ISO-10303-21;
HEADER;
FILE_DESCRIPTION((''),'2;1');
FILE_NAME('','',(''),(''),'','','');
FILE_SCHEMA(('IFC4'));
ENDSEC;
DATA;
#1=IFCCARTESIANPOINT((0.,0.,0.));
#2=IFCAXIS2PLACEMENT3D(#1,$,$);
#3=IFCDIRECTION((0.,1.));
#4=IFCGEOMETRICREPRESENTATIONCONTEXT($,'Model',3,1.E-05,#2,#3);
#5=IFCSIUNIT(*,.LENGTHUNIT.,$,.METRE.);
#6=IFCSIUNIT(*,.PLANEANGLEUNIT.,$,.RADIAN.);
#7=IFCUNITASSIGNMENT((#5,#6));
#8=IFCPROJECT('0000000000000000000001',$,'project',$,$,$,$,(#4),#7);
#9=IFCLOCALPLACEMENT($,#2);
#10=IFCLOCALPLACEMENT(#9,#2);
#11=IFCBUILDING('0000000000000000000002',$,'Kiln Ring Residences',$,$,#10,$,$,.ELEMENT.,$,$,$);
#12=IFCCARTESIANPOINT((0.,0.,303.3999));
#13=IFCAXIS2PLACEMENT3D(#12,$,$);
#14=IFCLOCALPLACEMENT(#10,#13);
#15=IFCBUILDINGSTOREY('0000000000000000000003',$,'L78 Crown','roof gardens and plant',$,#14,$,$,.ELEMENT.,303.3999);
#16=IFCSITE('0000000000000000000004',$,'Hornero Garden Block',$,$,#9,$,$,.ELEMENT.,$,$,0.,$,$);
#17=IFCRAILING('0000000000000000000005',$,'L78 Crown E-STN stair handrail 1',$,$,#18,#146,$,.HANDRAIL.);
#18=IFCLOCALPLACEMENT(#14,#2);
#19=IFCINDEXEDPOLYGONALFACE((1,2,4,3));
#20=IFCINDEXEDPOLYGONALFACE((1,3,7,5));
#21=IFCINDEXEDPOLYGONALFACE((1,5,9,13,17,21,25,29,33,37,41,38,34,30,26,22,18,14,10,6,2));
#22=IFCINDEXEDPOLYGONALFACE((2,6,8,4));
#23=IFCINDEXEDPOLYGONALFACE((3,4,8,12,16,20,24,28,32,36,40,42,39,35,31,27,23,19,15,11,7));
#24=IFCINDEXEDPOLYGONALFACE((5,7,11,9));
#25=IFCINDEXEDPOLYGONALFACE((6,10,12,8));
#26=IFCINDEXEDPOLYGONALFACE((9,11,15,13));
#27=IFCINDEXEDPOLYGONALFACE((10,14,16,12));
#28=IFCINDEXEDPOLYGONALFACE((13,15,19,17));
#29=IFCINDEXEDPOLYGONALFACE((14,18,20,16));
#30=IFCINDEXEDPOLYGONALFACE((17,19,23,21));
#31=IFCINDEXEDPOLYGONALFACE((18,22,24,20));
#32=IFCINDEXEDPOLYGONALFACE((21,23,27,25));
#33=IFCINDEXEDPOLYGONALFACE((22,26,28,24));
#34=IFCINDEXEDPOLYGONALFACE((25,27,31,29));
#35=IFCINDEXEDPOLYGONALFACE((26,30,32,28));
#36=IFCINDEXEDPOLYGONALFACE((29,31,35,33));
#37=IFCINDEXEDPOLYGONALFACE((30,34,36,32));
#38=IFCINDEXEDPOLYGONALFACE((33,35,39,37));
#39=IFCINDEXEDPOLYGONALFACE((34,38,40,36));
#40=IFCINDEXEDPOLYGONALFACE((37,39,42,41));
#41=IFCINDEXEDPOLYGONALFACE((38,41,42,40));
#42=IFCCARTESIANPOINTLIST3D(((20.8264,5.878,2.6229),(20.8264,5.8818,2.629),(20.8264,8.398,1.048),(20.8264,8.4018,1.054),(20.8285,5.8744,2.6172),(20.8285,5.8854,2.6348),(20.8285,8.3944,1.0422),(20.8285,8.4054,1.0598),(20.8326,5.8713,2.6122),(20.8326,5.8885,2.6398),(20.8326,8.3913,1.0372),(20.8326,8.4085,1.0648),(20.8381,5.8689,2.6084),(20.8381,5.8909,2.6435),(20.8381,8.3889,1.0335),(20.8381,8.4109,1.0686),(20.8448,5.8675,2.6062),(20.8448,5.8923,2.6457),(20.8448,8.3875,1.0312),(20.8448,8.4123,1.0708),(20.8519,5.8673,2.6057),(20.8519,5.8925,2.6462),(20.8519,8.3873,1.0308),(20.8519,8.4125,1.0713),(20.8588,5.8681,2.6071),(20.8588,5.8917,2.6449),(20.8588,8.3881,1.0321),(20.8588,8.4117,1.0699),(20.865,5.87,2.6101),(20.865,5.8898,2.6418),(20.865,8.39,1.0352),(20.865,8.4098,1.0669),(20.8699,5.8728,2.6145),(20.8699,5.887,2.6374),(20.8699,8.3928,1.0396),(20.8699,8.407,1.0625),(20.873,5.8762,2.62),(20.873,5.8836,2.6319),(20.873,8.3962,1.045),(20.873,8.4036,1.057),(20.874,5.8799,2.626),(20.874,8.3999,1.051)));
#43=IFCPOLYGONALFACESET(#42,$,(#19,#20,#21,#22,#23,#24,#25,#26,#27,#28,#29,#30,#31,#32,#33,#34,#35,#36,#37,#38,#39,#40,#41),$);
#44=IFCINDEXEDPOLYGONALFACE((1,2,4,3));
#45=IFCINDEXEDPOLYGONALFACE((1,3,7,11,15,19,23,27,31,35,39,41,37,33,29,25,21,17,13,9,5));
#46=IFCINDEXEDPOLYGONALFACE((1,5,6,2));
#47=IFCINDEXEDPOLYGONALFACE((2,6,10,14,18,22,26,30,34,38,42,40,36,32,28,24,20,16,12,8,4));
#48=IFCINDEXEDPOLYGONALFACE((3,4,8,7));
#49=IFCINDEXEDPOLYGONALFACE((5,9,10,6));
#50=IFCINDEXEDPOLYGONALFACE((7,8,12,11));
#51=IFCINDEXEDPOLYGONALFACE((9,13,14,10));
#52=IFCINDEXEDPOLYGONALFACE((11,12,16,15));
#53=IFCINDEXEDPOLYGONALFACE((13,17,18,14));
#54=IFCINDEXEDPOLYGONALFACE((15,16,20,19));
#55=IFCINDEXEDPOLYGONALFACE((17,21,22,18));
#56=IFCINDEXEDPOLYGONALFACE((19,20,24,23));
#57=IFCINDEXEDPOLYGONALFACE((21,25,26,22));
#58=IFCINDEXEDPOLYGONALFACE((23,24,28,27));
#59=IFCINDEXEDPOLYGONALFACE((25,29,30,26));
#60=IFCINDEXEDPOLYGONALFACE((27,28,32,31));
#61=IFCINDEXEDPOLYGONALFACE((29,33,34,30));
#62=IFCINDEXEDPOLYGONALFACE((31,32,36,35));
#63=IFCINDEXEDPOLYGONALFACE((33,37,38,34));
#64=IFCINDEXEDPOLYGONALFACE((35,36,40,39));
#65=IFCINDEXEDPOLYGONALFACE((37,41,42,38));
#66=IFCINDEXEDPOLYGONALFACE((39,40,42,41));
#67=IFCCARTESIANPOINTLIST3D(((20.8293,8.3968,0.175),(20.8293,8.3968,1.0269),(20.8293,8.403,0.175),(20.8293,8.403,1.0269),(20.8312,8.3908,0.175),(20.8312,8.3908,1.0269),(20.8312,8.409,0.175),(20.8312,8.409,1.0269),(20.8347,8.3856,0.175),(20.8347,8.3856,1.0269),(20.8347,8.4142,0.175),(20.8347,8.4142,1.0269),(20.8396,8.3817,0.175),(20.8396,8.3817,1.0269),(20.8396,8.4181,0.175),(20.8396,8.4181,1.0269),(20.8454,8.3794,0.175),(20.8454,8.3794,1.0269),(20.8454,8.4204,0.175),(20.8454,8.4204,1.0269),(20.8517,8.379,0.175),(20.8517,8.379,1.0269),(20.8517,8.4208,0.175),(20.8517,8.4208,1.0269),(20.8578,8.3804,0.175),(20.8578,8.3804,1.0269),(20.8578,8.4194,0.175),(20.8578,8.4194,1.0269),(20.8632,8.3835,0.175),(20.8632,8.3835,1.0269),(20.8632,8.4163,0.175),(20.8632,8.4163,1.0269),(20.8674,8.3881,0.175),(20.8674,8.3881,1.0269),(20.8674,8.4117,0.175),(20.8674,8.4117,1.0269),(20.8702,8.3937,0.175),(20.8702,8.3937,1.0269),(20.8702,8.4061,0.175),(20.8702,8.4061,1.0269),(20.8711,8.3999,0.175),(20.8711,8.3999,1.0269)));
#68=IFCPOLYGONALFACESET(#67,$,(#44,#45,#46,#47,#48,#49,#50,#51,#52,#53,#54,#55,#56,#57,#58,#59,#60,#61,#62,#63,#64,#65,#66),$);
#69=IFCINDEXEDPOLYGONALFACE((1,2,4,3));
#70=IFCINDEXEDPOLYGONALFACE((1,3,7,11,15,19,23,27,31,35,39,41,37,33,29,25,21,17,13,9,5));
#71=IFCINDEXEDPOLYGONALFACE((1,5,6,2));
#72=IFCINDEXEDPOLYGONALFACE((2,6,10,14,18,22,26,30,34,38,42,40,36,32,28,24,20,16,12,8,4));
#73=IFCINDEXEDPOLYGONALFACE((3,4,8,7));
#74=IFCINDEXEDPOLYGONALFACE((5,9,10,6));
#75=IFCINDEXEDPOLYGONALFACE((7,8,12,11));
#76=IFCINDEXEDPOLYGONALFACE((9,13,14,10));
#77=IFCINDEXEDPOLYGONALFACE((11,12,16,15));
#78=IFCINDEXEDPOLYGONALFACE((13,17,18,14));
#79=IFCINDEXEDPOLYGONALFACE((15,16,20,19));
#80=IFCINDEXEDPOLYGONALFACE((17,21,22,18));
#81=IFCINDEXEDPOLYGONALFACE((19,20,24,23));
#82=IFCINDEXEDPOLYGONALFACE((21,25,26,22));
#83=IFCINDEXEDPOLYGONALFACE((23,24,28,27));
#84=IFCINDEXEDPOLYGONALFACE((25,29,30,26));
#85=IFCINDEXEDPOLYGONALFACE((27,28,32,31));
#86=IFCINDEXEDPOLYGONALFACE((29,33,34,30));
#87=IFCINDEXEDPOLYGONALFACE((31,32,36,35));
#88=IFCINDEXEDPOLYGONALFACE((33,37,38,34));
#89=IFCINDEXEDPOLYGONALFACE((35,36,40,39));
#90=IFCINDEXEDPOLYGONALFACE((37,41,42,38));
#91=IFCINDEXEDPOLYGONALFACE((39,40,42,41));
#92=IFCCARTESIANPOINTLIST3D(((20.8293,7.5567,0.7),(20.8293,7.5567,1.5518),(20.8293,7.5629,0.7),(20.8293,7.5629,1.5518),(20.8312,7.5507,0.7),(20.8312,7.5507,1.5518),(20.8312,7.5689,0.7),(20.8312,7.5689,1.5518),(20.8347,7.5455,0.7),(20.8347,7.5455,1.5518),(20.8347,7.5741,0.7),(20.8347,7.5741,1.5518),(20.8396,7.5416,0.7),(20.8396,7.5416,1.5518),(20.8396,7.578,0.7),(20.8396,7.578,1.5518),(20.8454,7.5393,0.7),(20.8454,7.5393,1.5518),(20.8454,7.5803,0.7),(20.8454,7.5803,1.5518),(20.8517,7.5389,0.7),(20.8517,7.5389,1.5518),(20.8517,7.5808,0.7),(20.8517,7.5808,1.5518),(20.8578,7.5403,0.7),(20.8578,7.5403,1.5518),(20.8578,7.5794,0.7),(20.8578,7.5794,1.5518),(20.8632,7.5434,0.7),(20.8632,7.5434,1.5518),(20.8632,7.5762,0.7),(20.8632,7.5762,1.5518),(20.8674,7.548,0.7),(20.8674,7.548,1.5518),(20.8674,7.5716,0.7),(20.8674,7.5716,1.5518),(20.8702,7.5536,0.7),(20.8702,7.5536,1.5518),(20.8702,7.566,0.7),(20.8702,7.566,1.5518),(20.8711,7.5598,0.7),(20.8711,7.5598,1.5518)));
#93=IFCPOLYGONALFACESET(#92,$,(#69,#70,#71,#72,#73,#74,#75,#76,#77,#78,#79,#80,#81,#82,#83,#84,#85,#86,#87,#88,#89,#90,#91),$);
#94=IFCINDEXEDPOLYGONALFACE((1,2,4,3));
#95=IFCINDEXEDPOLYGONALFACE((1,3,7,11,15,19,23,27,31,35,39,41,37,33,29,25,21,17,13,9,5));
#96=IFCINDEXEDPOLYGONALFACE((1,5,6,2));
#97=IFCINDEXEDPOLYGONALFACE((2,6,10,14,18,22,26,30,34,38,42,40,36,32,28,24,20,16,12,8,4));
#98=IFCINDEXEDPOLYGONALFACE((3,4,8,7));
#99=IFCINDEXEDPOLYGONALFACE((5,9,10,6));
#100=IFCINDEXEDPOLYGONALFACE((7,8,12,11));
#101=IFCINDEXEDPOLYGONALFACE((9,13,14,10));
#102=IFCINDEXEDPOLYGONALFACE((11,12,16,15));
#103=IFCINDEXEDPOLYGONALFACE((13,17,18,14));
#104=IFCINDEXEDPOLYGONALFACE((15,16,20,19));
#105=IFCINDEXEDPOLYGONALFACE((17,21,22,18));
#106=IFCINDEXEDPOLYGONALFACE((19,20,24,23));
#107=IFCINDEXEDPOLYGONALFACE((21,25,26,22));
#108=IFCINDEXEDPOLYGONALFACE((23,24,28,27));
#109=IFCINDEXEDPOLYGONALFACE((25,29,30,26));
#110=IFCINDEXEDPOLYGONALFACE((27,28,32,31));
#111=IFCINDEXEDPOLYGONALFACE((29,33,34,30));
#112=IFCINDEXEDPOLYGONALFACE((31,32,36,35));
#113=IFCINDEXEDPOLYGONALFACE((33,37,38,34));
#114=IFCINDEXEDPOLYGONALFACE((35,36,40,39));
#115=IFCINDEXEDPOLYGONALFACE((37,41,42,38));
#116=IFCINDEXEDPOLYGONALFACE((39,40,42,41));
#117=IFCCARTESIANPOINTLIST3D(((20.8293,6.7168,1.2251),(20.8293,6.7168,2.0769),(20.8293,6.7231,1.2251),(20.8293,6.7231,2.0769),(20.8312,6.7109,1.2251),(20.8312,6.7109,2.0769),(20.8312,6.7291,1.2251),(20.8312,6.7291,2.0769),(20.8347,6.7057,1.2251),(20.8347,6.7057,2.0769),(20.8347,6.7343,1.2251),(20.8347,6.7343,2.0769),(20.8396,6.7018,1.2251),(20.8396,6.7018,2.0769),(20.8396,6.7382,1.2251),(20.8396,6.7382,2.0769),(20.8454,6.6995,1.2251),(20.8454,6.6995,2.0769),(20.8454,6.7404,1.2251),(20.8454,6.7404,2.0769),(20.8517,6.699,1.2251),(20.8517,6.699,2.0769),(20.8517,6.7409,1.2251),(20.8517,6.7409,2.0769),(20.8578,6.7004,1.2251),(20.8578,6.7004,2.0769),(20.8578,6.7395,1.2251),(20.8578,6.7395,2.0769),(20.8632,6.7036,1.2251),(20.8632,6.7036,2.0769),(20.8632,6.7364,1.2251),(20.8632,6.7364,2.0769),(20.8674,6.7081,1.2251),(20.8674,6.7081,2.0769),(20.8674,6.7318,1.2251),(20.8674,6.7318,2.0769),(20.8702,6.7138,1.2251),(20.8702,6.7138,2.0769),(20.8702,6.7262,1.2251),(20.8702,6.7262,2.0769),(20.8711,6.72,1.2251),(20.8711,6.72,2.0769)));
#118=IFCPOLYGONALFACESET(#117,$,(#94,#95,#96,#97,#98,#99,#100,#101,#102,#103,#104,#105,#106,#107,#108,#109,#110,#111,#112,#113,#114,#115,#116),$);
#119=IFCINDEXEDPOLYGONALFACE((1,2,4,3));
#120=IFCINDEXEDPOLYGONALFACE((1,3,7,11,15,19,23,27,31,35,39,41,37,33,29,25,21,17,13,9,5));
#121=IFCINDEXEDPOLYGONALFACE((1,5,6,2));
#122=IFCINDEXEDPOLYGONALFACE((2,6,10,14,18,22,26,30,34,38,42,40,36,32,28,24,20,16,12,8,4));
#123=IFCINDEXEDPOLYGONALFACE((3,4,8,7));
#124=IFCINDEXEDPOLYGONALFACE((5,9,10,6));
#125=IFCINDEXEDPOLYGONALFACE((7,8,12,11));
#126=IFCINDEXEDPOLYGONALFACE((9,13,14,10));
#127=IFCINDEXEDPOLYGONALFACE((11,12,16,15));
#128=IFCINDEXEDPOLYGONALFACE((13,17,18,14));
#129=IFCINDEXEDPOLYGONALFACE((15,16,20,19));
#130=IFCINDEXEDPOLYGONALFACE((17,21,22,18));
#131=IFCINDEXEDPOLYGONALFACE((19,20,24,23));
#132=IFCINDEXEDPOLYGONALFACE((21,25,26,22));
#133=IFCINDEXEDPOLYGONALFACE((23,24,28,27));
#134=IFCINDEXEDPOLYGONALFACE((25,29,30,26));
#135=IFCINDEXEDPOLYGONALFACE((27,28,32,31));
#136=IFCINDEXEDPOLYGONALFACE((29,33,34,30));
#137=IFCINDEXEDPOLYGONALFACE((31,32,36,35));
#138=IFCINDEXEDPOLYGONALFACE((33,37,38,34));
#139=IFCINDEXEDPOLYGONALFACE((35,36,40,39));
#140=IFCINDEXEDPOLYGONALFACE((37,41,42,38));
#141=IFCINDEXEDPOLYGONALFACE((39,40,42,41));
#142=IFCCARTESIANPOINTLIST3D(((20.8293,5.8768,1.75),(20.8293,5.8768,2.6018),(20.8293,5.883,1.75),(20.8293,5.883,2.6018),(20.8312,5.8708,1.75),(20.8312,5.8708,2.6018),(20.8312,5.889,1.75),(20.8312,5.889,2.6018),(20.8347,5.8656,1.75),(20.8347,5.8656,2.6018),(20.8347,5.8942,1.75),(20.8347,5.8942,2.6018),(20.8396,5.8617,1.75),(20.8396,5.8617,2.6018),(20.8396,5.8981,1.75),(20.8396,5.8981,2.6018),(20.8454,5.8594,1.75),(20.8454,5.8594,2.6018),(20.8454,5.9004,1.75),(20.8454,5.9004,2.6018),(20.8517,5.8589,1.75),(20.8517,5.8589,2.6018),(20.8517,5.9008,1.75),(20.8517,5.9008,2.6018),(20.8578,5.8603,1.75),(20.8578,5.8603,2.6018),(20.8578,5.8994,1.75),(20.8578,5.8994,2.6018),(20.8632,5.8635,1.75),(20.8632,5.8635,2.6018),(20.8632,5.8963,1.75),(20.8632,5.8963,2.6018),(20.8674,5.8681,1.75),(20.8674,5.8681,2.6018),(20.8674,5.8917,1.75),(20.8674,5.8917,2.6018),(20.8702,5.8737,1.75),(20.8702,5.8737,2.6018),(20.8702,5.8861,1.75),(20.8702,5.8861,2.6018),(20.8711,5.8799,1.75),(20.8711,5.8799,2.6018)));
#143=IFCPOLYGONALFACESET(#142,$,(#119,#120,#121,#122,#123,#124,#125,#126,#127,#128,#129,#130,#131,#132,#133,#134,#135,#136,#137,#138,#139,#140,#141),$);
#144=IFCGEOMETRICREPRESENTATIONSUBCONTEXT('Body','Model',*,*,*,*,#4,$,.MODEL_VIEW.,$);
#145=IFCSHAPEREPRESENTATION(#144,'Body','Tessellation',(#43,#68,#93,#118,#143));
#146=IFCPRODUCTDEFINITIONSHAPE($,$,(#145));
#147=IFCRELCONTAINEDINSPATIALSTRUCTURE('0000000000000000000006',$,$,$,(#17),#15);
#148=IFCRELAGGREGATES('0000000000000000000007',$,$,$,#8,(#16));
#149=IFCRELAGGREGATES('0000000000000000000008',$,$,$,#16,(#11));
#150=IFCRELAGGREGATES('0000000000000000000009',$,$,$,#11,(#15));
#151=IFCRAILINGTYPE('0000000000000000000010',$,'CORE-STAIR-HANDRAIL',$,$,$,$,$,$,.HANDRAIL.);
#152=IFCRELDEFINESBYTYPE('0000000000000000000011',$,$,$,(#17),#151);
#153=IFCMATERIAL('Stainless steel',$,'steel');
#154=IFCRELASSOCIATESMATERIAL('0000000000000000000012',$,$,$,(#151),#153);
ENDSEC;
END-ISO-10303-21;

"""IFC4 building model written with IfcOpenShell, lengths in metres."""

from ifc_helpers import new_model, si_unit, direction, frame, origin, origin_2d, place, context, subcontext, project, spatial, circle, extrude, material, type_object, element, save


model = new_model("IFC4")

# Units and contexts
model_context = context("Model", 3, precision=1e-05, world=origin(), true_north=direction((0.0, 1.0)))
body_context = subcontext(model_context, "Body", "Model", "MODEL_VIEW")
ifc_project = project(units=[si_unit("LENGTHUNIT", "METRE"), si_unit("PLANEANGLEUNIT", "RADIAN")], contexts=[model_context])

# Site, building, storey
site_placement = place(None, origin())
site = spatial("IfcSite", under=ifc_project, at=site_placement, Name="Hornero Garden Block", CompositionType="ELEMENT", RefElevation=0.0)
building_placement = place(site_placement, origin())
building = spatial("IfcBuilding", under=site, at=building_placement, Name="Kiln Ring Residences", CompositionType="ELEMENT")
storey_placement = place(building_placement, frame((0.0, 0.0, 303.3999)))
storey = spatial("IfcBuildingStorey", under=building, at=storey_placement, Name="L78 Crown", Description="roof gardens and plant", CompositionType="ELEMENT", Elevation=303.3999)

# Railing
ifc_material_1 = material(Name="Stainless steel", Category="steel")
railing_type_1 = type_object("IfcRailingType", Name="CORE-STAIR-HANDRAIL", PredefinedType="HANDRAIL", material=ifc_material_1)
railing_1_placement = place(storey_placement, frame((20.8501, 8.3999, 0.175)))
element("IfcRailing", 1, at=railing_1_placement, inside=storey, type_object=railing_type_1, Name="L78 Crown E-STN stair handrail 1", PredefinedType="HANDRAIL", context=body_context, shape_type="SweptSolid", body=[
    extrude(circle(Radius=0.0239, at=origin_2d()), frame((0.0, 0.0, 0.876), z_axis=(0.0, -0.848008, 0.529984), x_axis=(1.0, 0.0, 0.0)), (0.0, 0.0, 1.0), 2.9717),
    extrude(circle(Radius=0.021, at=origin_2d()), origin(), (0.0, 0.0, 1.0), 0.8518),
    extrude(circle(Radius=0.021, at=origin_2d()), frame((0.0, -0.8401, 0.5249)), (0.0, 0.0, 1.0), 0.8518),
    extrude(circle(Radius=0.021, at=origin_2d()), frame((0.0, -1.6799, 1.05)), (0.0, 0.0, 1.0), 0.8518),
    extrude(circle(Radius=0.021, at=origin_2d()), frame((0.0, -2.52, 1.575)), (0.0, 0.0, 1.0), 0.8518),
])

save(model, "model.ifc")
